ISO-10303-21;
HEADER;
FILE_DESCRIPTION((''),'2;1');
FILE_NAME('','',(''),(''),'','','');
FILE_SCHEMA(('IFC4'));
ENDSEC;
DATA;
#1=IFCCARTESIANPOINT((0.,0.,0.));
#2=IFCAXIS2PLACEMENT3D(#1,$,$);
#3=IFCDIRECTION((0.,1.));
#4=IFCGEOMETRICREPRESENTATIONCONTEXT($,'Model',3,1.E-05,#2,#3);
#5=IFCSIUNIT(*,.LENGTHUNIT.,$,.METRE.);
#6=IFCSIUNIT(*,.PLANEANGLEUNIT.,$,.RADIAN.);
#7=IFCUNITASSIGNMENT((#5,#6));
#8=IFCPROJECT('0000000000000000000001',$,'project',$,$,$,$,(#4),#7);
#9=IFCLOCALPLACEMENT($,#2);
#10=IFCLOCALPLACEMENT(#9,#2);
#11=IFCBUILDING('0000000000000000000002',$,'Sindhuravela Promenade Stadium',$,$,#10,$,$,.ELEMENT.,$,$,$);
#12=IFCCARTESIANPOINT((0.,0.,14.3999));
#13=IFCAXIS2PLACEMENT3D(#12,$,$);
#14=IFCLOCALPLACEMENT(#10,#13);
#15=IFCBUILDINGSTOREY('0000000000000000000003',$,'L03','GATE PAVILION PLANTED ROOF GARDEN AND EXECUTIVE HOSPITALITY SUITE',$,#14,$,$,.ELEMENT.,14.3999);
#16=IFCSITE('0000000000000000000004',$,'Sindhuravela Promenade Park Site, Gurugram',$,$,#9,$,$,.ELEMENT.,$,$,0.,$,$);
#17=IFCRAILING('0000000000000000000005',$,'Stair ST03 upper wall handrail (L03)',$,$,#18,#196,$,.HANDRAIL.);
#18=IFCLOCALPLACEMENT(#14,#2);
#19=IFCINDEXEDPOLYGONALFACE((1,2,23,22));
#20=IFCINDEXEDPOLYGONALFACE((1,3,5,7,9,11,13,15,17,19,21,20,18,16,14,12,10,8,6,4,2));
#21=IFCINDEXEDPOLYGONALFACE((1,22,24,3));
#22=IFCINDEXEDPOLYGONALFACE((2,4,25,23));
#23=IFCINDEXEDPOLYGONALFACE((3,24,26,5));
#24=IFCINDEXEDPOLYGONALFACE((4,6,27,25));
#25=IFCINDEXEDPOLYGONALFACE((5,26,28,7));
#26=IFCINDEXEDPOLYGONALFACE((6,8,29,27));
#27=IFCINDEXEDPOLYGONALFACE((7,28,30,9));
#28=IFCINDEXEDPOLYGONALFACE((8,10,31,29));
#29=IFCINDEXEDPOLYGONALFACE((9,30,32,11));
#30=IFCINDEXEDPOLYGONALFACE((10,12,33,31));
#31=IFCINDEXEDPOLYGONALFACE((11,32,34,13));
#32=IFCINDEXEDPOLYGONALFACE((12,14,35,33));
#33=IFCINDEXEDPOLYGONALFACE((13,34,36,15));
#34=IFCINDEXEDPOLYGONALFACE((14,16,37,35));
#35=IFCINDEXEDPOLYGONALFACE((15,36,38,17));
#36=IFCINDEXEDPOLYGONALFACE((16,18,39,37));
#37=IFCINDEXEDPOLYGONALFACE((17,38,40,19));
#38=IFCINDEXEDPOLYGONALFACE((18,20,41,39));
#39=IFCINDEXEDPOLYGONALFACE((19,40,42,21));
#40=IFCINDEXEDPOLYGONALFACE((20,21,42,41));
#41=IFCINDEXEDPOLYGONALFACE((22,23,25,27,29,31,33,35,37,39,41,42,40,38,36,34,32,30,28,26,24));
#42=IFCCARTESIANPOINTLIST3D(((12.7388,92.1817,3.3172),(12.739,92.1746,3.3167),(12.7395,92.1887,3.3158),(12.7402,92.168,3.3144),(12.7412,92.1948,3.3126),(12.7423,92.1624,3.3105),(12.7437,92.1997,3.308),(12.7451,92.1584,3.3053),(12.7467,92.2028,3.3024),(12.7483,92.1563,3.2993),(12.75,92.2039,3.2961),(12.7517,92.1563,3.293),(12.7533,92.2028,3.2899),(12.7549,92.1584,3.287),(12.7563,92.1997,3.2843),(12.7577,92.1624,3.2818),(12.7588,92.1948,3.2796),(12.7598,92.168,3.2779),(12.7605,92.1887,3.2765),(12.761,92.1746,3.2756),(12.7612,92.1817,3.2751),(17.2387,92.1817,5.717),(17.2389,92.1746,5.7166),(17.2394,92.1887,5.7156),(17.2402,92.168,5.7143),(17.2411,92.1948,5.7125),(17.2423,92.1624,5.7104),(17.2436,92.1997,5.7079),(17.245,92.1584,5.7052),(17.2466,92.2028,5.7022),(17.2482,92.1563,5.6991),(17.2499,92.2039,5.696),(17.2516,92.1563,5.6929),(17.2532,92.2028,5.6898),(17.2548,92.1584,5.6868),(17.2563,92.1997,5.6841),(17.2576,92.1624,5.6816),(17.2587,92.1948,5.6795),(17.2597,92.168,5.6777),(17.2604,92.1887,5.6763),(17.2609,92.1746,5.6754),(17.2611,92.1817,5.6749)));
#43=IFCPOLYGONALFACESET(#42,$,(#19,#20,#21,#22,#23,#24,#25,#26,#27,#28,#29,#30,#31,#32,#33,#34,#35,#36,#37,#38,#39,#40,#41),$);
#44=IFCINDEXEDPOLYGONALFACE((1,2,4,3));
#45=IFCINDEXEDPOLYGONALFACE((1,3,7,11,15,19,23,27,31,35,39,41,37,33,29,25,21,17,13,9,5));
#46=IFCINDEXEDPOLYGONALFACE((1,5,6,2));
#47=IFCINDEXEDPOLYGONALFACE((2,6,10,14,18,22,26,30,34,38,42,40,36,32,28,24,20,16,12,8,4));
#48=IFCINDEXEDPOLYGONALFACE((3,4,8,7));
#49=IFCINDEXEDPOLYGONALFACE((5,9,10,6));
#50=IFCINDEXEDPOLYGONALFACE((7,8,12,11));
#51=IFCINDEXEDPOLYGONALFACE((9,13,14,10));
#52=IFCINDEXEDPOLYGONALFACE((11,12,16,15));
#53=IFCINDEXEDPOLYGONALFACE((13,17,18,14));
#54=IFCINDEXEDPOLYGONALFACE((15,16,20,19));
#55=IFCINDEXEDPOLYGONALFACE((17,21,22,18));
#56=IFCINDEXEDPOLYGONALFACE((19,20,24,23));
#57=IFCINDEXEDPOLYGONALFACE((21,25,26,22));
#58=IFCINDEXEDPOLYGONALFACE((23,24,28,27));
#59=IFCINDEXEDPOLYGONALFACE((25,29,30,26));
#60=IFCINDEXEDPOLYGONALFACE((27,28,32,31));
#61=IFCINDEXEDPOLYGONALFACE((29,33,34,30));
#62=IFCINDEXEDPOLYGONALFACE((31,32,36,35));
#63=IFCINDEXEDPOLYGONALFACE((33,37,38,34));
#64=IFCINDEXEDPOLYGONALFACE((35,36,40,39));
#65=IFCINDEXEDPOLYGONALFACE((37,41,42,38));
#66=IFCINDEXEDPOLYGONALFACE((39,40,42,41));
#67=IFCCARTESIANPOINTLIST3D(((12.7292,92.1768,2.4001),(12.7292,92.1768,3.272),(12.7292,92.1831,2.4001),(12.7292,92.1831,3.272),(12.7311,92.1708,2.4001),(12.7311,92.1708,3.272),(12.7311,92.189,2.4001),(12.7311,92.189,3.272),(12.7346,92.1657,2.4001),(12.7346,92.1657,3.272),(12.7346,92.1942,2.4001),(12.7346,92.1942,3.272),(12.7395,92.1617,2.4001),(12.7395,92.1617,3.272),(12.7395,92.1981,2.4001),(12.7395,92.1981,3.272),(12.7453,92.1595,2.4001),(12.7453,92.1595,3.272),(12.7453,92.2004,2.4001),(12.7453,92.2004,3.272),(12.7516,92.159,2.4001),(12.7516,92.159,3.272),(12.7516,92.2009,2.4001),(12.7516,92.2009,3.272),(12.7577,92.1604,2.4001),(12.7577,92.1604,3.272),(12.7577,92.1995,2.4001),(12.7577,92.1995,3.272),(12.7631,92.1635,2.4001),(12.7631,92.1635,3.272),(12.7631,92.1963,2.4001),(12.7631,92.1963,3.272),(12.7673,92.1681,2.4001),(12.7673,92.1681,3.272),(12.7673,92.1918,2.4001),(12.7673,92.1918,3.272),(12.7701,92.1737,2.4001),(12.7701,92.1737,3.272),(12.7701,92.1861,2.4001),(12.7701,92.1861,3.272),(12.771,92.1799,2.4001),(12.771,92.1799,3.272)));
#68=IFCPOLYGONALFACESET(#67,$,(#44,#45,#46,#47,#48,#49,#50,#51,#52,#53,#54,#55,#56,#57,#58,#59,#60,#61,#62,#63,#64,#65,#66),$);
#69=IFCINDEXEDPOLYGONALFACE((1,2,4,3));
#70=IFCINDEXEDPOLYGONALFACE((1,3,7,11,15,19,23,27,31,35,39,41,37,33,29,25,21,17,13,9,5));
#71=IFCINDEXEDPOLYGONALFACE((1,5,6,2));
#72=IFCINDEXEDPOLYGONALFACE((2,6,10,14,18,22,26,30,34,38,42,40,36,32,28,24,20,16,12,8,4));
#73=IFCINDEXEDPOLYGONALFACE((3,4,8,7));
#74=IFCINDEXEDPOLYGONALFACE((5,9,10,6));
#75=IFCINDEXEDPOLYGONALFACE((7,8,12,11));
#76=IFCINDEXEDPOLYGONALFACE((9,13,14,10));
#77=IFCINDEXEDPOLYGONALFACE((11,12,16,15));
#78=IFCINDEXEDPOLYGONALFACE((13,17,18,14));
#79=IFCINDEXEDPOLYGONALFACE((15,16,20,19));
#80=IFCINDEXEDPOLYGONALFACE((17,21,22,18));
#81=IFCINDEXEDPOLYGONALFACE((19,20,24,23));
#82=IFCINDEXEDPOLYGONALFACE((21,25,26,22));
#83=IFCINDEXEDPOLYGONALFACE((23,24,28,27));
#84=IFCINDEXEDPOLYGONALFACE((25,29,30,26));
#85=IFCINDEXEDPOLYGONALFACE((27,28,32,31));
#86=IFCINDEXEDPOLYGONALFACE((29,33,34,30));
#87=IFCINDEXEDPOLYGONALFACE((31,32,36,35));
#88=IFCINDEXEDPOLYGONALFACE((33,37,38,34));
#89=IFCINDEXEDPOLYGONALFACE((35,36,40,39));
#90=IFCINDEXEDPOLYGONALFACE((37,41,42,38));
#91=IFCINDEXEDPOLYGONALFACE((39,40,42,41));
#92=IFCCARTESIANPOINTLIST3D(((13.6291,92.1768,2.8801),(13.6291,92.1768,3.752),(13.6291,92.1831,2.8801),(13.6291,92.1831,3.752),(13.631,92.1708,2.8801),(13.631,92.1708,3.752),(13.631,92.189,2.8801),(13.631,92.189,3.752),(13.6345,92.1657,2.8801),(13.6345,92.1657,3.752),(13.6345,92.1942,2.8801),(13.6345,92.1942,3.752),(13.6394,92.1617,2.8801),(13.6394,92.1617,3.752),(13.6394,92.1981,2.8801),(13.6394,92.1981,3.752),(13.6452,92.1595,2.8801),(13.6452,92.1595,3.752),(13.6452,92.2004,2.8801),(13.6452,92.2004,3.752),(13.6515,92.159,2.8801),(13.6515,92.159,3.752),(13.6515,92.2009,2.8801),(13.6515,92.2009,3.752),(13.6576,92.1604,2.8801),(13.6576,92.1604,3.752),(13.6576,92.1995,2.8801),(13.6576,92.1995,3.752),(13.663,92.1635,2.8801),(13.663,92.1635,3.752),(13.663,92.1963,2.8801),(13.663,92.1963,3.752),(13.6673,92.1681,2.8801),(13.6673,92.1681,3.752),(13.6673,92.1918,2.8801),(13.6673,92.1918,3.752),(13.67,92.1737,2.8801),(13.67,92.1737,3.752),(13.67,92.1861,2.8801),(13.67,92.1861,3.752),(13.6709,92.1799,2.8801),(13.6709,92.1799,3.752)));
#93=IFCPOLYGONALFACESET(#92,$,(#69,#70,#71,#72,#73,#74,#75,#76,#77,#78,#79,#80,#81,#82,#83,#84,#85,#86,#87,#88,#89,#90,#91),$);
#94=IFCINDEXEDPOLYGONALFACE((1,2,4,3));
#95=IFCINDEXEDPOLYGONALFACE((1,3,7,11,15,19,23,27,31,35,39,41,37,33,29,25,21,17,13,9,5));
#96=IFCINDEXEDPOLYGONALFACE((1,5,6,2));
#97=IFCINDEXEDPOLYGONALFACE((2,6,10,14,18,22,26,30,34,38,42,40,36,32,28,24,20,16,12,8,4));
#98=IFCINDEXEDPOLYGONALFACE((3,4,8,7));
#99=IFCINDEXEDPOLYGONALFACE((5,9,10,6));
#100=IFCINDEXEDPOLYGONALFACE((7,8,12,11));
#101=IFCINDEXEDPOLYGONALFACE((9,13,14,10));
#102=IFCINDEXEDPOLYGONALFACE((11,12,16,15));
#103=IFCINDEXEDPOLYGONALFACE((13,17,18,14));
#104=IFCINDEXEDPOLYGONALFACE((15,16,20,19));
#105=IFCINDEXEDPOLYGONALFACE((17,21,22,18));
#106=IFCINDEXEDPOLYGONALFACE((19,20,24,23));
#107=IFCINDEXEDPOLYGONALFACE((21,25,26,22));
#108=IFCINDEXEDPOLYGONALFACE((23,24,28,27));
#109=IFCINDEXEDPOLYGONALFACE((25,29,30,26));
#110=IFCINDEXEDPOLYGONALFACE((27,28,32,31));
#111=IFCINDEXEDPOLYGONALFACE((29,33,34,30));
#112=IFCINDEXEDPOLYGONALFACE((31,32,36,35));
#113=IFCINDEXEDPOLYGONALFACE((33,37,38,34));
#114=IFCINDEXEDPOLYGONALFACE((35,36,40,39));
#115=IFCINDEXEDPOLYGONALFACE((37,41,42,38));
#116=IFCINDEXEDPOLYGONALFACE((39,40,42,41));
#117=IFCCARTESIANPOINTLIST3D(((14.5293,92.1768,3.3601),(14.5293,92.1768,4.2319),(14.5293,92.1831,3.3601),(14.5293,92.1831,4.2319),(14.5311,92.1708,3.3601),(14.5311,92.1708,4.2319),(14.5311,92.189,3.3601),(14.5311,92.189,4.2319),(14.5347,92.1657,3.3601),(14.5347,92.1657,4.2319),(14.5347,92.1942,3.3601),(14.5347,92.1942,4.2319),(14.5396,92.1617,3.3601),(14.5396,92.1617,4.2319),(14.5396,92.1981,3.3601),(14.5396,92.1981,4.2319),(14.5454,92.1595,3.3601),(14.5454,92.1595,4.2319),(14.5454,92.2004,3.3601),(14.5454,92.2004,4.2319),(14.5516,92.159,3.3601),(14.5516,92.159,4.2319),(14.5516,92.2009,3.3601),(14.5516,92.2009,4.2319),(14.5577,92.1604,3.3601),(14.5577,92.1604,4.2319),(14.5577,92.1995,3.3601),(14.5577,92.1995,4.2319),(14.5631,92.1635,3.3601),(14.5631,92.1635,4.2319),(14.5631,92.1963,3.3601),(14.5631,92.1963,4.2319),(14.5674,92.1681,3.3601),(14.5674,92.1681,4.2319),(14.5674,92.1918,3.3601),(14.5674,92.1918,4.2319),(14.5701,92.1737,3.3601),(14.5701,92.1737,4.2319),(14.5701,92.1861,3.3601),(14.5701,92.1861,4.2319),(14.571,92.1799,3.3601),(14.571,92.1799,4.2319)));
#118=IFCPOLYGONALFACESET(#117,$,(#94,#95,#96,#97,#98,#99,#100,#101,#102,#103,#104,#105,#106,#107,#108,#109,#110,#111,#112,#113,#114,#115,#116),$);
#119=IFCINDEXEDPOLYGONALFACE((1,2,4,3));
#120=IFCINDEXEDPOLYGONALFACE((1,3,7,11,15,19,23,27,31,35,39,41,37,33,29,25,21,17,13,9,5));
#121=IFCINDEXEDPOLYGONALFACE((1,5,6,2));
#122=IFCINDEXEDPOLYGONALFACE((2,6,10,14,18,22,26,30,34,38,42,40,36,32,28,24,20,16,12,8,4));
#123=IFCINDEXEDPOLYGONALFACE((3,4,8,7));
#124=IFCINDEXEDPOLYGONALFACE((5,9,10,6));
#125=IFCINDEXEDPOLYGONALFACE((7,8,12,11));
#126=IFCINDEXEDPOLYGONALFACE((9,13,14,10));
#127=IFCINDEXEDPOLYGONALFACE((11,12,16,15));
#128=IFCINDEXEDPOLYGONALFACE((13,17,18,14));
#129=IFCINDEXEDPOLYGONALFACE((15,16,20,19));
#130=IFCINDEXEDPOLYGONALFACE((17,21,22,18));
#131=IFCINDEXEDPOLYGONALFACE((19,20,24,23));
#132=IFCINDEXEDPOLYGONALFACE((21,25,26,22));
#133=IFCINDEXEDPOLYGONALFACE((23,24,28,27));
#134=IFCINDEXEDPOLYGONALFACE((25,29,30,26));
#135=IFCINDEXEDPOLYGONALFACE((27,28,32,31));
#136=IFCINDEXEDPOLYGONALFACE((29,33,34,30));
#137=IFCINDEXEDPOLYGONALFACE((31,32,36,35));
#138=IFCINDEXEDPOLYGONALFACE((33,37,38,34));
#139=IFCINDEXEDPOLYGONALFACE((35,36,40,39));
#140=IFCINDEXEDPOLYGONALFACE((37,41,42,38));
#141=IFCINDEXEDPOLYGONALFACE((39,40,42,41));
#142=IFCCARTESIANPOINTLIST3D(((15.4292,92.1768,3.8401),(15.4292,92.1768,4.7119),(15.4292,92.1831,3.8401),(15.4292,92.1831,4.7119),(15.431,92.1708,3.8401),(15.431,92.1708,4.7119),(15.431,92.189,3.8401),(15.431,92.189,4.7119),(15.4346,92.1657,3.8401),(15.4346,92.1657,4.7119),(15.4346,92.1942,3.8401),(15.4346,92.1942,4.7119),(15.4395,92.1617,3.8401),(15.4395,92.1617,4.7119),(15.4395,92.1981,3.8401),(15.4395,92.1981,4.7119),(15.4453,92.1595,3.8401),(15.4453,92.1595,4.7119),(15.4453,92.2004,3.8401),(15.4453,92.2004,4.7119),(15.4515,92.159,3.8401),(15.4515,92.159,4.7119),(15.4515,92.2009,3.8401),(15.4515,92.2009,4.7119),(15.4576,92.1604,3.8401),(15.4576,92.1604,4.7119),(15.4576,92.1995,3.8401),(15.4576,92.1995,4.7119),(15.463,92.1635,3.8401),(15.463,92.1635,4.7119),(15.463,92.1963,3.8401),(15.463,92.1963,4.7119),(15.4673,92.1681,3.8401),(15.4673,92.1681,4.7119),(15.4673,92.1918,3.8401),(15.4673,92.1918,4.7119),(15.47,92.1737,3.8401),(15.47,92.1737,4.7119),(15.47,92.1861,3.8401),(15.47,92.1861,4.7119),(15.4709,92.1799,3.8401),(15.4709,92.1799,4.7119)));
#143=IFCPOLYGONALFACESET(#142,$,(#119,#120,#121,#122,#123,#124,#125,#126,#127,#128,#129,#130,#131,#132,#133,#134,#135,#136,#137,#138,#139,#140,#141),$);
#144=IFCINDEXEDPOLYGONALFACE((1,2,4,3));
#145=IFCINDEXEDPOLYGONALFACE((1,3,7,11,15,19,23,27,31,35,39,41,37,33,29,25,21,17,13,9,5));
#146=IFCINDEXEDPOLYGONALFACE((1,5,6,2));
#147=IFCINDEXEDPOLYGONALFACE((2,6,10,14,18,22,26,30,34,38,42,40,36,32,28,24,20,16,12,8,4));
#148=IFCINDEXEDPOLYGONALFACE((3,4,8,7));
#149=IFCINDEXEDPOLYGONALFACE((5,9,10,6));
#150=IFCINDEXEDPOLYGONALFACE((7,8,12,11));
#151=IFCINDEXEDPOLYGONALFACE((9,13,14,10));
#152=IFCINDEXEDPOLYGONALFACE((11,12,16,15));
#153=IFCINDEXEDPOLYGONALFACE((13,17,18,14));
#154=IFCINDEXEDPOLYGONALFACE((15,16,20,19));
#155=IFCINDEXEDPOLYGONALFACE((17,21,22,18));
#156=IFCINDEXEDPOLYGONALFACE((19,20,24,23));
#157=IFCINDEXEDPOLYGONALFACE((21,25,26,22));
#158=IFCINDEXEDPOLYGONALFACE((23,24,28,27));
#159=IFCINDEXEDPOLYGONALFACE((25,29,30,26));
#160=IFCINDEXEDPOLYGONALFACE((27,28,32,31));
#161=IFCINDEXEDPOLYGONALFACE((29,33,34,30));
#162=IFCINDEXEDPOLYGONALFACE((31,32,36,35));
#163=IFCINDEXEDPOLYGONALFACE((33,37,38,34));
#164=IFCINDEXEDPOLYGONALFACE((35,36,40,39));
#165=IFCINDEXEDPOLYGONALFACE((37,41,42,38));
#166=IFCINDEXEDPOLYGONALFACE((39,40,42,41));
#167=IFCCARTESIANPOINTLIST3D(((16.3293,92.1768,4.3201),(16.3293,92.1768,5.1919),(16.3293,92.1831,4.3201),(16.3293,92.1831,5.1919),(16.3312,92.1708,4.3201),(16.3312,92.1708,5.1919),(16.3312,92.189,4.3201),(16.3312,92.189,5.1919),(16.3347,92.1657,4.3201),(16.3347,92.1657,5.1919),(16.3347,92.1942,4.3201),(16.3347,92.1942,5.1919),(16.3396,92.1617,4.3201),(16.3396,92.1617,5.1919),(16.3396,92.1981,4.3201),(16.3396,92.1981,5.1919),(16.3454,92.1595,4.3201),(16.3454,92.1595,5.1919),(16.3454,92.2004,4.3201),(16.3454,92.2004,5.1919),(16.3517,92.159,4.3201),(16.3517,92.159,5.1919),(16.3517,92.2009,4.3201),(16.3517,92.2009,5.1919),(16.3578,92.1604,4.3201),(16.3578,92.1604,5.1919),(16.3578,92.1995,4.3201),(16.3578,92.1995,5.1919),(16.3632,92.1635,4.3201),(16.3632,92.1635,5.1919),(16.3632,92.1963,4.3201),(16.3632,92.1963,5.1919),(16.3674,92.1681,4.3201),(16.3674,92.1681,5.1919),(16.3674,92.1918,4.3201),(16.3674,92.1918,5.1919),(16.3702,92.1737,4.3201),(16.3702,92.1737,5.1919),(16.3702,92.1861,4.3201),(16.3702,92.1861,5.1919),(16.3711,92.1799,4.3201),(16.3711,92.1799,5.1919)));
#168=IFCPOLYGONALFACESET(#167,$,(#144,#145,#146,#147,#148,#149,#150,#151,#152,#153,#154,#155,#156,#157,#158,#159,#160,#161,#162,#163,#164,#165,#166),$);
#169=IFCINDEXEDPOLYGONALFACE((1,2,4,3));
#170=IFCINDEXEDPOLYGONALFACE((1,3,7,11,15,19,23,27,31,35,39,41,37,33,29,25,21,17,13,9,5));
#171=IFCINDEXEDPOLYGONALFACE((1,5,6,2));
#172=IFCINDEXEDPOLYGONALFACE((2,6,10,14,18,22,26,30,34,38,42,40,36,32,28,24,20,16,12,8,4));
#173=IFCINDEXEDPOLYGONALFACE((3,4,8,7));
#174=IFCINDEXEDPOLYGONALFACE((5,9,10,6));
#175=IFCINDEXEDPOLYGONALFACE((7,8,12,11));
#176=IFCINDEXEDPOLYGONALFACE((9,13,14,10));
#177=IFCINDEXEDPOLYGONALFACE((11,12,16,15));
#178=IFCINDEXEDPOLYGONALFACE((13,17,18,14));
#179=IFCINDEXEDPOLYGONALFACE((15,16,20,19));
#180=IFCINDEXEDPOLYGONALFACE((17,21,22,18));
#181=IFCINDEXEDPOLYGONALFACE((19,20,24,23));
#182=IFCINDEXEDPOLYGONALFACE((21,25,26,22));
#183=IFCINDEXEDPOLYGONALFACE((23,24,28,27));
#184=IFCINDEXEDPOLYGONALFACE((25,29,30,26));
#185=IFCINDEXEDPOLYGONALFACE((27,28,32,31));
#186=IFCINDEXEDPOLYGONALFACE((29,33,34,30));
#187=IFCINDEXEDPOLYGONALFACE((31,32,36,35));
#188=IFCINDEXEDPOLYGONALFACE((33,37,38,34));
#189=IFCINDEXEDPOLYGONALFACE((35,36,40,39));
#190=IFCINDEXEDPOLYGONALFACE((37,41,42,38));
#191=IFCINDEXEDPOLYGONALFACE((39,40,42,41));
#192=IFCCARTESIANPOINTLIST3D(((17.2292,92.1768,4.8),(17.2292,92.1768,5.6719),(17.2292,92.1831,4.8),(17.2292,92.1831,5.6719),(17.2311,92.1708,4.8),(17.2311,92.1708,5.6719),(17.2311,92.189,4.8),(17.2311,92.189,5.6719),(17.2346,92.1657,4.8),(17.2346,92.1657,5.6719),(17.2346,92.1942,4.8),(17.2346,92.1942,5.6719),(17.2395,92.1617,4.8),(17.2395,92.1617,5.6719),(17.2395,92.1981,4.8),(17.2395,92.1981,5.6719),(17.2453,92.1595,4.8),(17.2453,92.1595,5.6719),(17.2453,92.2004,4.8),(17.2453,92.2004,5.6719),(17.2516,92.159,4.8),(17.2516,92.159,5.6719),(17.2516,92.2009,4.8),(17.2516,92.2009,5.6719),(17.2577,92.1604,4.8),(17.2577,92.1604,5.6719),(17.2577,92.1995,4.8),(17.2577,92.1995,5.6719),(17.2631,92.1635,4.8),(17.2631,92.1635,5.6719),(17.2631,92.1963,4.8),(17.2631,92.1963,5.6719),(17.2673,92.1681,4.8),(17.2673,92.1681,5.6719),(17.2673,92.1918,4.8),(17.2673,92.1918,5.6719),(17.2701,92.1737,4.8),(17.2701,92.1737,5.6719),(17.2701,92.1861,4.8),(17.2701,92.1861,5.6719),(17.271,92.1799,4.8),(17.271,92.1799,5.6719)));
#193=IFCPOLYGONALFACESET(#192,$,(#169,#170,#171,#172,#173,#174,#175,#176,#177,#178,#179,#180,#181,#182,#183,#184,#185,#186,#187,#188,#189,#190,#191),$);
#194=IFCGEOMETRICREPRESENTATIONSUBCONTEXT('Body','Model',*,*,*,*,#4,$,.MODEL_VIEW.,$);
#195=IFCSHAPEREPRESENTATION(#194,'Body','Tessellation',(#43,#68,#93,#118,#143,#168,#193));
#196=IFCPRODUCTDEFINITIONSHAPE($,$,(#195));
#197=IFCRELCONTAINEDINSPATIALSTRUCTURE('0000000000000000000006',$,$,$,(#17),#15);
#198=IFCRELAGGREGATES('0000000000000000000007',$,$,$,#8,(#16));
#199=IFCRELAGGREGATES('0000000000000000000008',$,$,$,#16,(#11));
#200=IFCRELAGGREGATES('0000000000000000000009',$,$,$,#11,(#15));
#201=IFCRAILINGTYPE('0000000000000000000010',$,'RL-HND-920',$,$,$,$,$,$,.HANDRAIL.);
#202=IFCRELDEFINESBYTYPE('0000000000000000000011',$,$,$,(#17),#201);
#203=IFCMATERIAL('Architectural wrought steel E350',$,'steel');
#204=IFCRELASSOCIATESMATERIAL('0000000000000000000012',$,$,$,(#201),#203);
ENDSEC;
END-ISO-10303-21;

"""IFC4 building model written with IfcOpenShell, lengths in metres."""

from ifc_helpers import new_model, si_unit, direction, frame, origin, origin_2d, place, context, subcontext, project, spatial, circle, extrude, material, type_object, element, save


model = new_model("IFC4")

# Units and contexts
model_context = context("Model", 3, precision=1e-05, world=origin(), true_north=direction((0.0, 1.0)))
body_context = subcontext(model_context, "Body", "Model", "MODEL_VIEW")
ifc_project = project(units=[si_unit("LENGTHUNIT", "METRE"), si_unit("PLANEANGLEUNIT", "RADIAN")], contexts=[model_context])

# Site, building, storey
site_placement = place(None, origin())
site = spatial("IfcSite", under=ifc_project, at=site_placement, Name="Sindhuravela Promenade Park Site, Gurugram", CompositionType="ELEMENT", RefElevation=0.0)
building_placement = place(site_placement, origin())
building = spatial("IfcBuilding", under=site, at=building_placement, Name="Sindhuravela Promenade Stadium", CompositionType="ELEMENT")
storey_placement = place(building_placement, frame((0.0, 0.0, 14.3999)))
storey = spatial("IfcBuildingStorey", under=building, at=storey_placement, Name="L03", Description="GATE PAVILION PLANTED ROOF GARDEN AND EXECUTIVE HOSPITALITY SUITE", CompositionType="ELEMENT", Elevation=14.3999)

# Shared definitions
ifc_material_1 = material(Name="Architectural wrought steel E350", Category="steel")

# Railing
railing_type_1 = type_object("IfcRailingType", Name="RL-HND-920", PredefinedType="HANDRAIL", material=ifc_material_1)
railing_1_placement = place(storey_placement, frame((12.75, 92.1799, 2.4001)))
element("IfcRailing", 1, at=railing_1_placement, inside=storey, type_object=railing_type_1, Name="Stair ST03 upper wall handrail (L03)", PredefinedType="HANDRAIL", context=body_context, shape_type="SweptSolid", body=[
    extrude(circle(Radius=0.0239, at=origin_2d()), frame((0.0, 0.0, 0.896), z_axis=(0.882361, 0.0, 0.470573), x_axis=(0.0, 1.0, 0.0)), (0.0, 0.0, 1.0), 5.0999),
    extrude(circle(Radius=0.021, at=origin_2d()), origin(), (0.0, 0.0, 1.0), 0.8718),
    extrude(circle(Radius=0.021, at=origin_2d()), frame((0.8999, 0.0, 0.48)), (0.0, 0.0, 1.0), 0.8718),
    extrude(circle(Radius=0.021, at=origin_2d()), frame((1.8, 0.0, 0.96)), (0.0, 0.0, 1.0), 0.8718),
    extrude(circle(Radius=0.021, at=origin_2d()), frame((2.7, 0.0, 1.4399)), (0.0, 0.0, 1.0), 0.8718),
    extrude(circle(Radius=0.021, at=origin_2d()), frame((3.6001, 0.0, 1.9199)), (0.0, 0.0, 1.0), 0.8718),
    extrude(circle(Radius=0.021, at=origin_2d()), frame((4.5, 0.0, 2.3999)), (0.0, 0.0, 1.0), 0.8718),
])

save(model, "model.ifc")
